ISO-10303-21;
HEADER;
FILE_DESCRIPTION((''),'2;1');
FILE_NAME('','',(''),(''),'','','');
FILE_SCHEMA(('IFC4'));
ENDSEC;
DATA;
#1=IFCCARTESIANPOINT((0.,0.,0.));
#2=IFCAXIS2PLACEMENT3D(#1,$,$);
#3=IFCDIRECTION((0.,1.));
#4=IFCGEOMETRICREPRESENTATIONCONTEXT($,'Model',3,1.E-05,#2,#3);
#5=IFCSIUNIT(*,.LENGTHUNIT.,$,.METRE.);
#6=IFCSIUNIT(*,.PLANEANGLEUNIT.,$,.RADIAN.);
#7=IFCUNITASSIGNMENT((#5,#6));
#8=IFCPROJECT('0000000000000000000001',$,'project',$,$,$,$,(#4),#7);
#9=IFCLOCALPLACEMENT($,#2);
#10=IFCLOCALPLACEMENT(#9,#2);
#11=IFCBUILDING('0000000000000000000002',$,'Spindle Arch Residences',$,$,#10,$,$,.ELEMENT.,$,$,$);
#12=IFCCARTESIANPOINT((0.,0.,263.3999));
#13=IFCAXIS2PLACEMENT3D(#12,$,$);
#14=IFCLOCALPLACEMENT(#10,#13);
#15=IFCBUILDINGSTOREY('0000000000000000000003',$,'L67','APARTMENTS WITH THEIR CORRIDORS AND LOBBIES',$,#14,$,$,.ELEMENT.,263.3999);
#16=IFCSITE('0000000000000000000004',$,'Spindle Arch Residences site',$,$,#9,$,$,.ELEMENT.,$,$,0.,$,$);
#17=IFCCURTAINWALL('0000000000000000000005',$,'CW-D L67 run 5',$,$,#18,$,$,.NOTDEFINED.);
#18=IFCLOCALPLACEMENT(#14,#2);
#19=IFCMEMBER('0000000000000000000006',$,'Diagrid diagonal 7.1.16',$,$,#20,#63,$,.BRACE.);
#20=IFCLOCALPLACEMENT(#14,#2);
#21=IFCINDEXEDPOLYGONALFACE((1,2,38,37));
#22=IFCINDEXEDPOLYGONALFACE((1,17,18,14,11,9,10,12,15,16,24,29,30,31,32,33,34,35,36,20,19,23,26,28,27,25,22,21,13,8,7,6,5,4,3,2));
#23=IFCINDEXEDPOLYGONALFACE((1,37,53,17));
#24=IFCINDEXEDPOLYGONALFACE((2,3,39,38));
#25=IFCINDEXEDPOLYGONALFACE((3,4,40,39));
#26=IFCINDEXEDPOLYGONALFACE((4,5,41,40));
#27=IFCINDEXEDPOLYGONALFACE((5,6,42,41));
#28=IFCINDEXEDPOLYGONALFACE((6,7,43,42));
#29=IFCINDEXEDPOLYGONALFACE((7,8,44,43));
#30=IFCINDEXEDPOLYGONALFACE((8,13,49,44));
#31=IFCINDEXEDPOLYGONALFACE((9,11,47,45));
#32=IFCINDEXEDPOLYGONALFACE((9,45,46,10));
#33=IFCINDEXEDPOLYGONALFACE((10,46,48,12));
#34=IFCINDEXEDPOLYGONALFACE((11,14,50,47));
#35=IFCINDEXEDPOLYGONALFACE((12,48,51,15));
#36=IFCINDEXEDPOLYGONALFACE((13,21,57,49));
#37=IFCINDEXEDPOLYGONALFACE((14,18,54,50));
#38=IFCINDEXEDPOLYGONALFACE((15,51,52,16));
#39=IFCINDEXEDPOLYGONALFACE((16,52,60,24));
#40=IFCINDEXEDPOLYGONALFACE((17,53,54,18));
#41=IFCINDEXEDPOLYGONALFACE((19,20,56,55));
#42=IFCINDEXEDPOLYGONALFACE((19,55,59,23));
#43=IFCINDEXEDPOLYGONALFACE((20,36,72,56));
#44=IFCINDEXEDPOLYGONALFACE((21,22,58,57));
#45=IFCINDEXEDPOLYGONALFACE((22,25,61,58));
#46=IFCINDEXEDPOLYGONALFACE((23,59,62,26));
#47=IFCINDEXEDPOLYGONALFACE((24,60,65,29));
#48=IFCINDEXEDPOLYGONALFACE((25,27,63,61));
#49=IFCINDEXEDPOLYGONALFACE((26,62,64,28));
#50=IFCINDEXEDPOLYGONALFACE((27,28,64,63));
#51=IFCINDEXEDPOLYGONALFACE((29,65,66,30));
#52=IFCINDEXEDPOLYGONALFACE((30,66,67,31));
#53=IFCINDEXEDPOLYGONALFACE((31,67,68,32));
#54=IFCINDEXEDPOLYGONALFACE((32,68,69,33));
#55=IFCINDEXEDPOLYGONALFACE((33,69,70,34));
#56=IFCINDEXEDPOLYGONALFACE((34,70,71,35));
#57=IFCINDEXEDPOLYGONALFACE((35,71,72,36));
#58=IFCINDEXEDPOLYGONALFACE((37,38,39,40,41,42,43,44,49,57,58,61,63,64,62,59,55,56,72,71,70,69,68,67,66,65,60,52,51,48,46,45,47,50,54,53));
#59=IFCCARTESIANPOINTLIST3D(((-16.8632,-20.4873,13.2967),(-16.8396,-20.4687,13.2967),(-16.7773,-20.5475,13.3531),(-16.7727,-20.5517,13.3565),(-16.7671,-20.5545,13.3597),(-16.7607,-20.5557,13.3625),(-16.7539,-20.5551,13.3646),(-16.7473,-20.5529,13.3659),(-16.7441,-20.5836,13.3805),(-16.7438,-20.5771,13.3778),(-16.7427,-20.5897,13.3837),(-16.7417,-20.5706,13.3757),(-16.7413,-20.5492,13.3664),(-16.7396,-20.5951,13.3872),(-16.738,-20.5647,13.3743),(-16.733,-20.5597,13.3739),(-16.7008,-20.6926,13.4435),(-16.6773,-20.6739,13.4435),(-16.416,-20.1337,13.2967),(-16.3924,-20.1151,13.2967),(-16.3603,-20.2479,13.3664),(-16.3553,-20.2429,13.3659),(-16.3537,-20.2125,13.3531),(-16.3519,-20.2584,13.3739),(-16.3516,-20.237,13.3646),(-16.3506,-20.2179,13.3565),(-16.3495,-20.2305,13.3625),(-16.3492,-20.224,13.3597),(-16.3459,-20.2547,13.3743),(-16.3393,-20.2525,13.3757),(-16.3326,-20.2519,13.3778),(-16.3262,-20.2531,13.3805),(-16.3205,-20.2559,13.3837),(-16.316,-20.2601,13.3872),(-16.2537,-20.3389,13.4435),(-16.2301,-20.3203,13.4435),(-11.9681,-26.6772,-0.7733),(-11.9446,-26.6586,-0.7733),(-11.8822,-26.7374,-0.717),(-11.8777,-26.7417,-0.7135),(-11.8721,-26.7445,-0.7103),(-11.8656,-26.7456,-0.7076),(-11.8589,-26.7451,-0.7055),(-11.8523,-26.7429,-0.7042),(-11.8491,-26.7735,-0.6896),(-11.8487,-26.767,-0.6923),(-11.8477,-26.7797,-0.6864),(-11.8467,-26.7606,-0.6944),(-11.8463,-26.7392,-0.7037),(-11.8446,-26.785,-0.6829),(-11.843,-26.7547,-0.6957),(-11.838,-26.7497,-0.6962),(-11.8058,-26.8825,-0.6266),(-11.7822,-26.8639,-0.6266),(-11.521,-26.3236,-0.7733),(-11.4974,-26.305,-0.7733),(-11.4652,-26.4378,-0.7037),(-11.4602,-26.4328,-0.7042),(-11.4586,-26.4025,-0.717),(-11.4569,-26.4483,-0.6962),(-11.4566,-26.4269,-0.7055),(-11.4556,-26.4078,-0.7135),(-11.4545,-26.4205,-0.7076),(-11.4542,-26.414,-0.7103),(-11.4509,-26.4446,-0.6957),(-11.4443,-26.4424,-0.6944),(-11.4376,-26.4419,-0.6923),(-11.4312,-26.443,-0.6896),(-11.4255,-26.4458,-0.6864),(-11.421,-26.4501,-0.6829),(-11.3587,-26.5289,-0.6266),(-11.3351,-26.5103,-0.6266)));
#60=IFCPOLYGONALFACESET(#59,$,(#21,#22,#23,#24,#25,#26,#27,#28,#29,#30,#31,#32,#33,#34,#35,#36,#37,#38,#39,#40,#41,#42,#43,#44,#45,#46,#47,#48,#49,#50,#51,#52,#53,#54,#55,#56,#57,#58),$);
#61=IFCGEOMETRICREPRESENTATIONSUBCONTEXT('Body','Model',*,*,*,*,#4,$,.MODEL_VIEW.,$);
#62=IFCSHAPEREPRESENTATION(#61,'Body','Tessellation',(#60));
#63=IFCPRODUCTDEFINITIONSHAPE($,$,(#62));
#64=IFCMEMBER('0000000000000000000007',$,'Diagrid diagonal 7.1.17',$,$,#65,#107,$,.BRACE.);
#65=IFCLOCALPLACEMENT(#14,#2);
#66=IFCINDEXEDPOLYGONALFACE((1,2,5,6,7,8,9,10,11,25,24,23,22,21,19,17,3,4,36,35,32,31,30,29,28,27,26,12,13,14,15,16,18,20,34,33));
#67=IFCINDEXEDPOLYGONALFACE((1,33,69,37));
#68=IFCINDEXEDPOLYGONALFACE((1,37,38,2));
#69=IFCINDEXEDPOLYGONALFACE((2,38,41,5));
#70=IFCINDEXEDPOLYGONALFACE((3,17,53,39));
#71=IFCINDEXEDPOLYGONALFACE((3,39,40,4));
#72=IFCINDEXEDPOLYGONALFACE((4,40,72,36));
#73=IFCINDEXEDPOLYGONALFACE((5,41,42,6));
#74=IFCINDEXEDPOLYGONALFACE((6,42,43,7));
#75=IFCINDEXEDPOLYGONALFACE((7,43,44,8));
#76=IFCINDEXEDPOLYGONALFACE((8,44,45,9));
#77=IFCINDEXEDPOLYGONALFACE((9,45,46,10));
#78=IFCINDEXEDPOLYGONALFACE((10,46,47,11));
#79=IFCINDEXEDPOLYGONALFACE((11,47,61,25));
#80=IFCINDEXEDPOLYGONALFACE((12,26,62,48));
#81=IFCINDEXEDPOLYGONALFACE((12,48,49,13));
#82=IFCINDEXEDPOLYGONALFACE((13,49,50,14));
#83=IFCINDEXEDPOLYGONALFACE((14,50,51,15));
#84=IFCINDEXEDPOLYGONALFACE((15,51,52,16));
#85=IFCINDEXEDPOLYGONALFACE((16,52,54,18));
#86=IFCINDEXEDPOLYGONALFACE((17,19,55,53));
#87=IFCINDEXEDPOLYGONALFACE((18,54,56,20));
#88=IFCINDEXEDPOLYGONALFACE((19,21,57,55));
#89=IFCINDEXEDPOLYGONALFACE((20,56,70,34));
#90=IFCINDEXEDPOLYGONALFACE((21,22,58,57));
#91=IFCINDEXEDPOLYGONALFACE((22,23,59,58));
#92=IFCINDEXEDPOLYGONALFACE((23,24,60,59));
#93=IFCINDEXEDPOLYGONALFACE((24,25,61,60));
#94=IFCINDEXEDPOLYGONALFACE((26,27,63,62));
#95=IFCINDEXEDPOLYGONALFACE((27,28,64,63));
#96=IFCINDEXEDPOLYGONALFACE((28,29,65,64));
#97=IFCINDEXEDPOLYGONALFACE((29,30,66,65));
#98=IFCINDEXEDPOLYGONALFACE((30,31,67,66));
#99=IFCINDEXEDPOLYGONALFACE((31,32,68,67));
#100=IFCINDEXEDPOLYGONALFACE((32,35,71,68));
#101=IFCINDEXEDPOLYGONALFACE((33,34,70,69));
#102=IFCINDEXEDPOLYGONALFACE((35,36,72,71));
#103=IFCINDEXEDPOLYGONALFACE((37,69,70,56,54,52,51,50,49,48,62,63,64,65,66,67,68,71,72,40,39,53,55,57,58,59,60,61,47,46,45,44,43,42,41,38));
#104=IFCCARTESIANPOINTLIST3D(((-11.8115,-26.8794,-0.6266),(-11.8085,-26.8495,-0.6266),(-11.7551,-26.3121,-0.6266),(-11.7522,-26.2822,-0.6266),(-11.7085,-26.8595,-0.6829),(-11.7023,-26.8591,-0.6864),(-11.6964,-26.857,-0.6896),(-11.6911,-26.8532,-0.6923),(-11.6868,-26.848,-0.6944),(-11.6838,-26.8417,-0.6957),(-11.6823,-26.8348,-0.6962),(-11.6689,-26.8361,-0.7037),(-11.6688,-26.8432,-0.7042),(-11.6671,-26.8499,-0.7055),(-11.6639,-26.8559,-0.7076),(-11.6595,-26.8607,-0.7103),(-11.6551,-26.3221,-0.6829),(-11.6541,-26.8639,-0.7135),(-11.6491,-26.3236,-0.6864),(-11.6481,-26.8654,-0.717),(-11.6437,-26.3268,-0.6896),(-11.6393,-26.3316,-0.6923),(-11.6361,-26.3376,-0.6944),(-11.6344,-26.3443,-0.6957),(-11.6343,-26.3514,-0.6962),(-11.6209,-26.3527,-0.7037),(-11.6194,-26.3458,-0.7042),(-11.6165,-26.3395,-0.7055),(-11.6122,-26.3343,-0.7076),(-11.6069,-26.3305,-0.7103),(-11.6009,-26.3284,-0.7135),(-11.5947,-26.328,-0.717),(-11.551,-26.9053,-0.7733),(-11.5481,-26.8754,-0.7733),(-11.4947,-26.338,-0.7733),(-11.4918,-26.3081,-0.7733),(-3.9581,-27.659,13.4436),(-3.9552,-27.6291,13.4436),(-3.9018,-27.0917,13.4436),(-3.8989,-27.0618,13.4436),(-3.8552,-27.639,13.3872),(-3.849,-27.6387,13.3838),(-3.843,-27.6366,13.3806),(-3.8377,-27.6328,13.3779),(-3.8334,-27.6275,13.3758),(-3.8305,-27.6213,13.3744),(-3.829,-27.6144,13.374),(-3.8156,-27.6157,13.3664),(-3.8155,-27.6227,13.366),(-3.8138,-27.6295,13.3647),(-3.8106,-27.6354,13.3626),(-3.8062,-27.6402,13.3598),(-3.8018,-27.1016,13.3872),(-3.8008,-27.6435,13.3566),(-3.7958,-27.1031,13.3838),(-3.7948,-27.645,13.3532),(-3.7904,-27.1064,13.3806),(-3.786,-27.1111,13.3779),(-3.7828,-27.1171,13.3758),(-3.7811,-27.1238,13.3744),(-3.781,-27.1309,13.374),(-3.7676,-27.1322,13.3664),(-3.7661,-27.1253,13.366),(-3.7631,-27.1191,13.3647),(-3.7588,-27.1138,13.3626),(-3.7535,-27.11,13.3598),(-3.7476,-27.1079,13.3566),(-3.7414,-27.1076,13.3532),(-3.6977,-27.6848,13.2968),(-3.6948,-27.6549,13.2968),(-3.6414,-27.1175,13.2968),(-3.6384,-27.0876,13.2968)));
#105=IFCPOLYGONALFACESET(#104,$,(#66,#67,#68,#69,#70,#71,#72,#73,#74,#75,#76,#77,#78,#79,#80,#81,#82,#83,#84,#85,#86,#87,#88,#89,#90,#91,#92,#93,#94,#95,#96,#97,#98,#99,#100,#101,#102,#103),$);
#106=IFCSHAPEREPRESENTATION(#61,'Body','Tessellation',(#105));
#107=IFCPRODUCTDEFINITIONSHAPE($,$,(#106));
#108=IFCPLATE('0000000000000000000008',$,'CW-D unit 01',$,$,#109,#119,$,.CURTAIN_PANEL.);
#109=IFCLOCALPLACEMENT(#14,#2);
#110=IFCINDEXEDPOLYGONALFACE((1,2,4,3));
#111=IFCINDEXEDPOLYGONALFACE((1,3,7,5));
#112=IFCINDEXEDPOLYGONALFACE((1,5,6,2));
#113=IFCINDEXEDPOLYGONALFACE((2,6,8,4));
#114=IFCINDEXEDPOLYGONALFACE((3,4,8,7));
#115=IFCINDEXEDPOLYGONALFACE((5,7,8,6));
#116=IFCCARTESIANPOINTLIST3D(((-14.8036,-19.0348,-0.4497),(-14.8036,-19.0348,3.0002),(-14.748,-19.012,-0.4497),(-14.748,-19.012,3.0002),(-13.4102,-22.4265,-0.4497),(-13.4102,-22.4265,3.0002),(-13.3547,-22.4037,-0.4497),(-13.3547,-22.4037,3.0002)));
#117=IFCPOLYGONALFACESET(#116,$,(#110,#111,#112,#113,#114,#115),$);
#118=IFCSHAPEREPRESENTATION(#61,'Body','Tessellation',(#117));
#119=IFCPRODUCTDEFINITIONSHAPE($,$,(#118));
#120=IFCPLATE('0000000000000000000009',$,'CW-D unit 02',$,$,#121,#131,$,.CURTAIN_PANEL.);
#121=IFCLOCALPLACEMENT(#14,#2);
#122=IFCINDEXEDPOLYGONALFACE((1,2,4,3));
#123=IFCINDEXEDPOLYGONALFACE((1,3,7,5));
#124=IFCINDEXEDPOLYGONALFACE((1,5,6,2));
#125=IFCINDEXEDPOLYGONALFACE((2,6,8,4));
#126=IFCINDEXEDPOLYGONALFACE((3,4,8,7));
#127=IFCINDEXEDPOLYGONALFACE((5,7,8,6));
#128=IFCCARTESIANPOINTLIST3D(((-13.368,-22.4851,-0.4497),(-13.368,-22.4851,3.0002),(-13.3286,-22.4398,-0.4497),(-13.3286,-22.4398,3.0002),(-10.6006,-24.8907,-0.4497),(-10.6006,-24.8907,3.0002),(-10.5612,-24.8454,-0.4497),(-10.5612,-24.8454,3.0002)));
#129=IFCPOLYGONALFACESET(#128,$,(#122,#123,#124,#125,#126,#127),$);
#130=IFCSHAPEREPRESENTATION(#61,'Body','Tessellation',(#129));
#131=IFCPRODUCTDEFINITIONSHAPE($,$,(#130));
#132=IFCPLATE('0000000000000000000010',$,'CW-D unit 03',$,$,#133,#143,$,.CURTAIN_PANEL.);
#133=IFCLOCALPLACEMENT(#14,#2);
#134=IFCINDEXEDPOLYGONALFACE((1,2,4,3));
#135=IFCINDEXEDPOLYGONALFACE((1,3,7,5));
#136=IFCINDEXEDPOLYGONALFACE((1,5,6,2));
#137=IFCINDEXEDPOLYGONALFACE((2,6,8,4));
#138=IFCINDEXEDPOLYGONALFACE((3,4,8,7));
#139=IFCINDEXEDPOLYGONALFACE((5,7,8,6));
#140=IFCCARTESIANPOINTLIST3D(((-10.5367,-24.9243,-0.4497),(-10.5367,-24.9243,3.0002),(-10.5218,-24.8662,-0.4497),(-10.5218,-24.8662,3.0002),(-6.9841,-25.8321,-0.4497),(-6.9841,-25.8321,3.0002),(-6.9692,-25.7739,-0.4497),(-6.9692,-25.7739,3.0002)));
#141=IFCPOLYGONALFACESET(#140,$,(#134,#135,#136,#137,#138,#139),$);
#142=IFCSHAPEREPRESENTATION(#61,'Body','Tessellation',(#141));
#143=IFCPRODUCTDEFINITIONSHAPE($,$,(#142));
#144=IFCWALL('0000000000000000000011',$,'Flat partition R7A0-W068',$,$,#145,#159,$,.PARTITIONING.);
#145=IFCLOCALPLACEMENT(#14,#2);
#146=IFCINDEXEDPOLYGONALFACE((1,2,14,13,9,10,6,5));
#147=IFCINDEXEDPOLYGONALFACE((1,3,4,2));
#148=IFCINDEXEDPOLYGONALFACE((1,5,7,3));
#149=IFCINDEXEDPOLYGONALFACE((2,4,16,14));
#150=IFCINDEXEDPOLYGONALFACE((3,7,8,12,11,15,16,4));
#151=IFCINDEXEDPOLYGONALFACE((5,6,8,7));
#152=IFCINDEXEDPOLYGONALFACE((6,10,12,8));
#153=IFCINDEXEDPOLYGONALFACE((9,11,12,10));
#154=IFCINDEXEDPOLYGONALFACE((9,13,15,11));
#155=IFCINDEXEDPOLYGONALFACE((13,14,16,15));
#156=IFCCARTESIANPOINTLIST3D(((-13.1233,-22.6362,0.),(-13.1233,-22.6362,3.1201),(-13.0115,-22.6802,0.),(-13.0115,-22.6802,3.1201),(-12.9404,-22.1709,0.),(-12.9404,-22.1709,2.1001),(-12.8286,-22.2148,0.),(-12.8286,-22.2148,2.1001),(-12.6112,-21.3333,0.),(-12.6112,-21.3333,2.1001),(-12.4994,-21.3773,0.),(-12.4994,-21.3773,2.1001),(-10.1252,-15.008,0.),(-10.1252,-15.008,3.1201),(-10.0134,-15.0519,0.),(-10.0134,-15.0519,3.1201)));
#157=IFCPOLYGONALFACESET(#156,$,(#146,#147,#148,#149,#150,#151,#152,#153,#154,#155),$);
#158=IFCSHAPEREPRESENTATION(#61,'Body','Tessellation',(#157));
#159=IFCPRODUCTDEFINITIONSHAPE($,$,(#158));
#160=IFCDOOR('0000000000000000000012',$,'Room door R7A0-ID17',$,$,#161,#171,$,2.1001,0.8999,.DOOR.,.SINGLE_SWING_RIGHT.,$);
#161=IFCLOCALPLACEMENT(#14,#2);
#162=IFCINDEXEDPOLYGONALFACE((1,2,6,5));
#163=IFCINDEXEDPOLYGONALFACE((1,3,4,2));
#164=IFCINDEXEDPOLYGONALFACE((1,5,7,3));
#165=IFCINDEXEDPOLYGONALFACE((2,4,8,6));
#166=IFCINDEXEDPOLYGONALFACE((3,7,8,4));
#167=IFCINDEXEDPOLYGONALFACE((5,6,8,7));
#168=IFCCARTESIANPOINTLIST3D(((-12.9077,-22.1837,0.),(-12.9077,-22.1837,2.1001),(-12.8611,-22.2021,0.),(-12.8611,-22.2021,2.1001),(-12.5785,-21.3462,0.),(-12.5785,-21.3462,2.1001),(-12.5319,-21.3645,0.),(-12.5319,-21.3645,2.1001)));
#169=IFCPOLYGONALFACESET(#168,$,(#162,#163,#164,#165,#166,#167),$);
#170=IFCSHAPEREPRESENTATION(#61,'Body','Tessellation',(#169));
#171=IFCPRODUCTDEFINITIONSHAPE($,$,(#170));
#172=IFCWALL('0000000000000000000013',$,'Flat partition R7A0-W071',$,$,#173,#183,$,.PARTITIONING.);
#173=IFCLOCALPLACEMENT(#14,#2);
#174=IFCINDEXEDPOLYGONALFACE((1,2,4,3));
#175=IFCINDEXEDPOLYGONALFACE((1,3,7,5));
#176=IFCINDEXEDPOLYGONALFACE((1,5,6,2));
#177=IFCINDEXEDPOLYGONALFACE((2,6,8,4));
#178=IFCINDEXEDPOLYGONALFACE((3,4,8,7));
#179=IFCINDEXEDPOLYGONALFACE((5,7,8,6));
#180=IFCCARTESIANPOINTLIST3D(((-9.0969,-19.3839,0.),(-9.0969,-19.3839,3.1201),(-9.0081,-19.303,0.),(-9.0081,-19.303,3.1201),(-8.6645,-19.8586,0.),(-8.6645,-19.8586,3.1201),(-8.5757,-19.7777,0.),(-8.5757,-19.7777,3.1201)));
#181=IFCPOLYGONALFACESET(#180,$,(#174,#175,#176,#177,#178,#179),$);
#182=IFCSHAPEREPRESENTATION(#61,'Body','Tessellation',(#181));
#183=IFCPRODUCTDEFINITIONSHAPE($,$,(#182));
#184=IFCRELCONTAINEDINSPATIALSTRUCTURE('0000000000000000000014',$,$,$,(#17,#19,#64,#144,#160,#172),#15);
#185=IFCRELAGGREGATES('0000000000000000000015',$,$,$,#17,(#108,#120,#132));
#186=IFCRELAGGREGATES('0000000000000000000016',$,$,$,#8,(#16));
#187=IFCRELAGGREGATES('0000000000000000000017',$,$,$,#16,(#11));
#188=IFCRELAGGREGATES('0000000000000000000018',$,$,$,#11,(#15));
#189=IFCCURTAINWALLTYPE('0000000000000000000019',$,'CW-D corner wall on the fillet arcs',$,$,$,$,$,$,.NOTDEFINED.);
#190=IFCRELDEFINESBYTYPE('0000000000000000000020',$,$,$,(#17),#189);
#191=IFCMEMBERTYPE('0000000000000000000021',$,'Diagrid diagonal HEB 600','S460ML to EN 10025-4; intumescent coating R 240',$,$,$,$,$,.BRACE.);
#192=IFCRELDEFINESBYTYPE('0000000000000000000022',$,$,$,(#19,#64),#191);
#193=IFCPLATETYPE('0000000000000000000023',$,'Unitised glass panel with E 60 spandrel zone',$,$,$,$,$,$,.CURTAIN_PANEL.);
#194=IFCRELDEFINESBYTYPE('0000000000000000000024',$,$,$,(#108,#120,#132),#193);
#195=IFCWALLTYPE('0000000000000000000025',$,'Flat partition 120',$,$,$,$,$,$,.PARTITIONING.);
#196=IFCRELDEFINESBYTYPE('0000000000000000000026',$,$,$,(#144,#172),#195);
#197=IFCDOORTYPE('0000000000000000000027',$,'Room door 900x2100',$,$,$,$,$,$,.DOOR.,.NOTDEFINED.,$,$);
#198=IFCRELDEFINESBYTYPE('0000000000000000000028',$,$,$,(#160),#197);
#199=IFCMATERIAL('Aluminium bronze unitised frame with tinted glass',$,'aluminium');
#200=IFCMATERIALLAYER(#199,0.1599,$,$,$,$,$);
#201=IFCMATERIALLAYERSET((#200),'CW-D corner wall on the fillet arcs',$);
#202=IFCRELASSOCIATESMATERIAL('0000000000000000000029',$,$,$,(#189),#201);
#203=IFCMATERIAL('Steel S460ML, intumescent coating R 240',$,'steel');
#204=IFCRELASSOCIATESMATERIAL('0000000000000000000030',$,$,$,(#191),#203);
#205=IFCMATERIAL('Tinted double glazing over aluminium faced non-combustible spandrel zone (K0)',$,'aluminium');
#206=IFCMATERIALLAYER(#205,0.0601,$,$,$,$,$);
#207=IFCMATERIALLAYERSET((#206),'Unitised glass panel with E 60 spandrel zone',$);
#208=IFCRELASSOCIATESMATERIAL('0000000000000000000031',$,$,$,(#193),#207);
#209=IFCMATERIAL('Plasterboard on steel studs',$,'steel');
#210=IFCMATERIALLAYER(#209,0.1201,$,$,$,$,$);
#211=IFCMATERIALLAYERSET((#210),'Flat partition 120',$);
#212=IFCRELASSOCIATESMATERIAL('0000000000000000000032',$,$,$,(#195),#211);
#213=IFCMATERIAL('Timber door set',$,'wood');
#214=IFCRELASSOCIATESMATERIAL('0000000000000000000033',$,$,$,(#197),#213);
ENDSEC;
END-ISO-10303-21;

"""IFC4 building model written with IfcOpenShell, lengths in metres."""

from ifc_helpers import new_model, si_unit, direction, frame, frame_2d, origin, origin_2d, place, context, subcontext, project, spatial, rectangle, i_section, extrude, material, layer, layer_set, material_profile, profile_set, type_object, element, fill, aggregate, save


model = new_model("IFC4")

# Units and contexts
model_context = context("Model", 3, precision=1e-05, world=origin(), true_north=direction((0.0, 1.0)))
body_context = subcontext(model_context, "Body", "Model", "MODEL_VIEW")
ifc_project = project(units=[si_unit("LENGTHUNIT", "METRE"), si_unit("PLANEANGLEUNIT", "RADIAN")], contexts=[model_context])

# Site, building, storey
site_placement = place(None, origin())
site = spatial("IfcSite", under=ifc_project, at=site_placement, Name="Spindle Arch Residences site", CompositionType="ELEMENT", RefElevation=0.0)
building_placement = place(site_placement, origin())
building = spatial("IfcBuilding", under=site, at=building_placement, Name="Spindle Arch Residences", CompositionType="ELEMENT")
storey_placement = place(building_placement, frame((0.0, 0.0, 263.3999)))
storey = spatial("IfcBuildingStorey", under=building, at=storey_placement, Name="L67", Description="APARTMENTS WITH THEIR CORRIDORS AND LOBBIES", CompositionType="ELEMENT", Elevation=263.3999)

# Curtain wall
ifc_material_1 = material(Name="Aluminium bronze unitised frame with tinted glass", Category="aluminium")
ifc_layer_1 = layer(ifc_material_1, 0.1599)
ifc_layer_set_1 = layer_set([ifc_layer_1], Name="CW-D corner wall on the fillet arcs")
curtain_wall_type = type_object("IfcCurtainWallType", Name="CW-D corner wall on the fillet arcs", PredefinedType="NOTDEFINED", material=ifc_layer_set_1)
curtain_wall_placement = place(storey_placement, origin())
curtain_wall = element("IfcCurtainWall", 1, at=curtain_wall_placement, inside=storey, type_object=curtain_wall_type, Name="CW-D L67 run 5", PredefinedType="NOTDEFINED")

# Members
ifc_material_2 = material(Name="Steel S460ML, intumescent coating R 240", Category="steel")
ifc_material_profile_1 = material_profile(ifc_material_2, i_section(OverallWidth=0.3, OverallDepth=0.6001, WebThickness=0.0154, FlangeThickness=0.03, FilletRadius=0.0271, at=origin_2d()), Name="HEB 600")
ifc_profile_set_1 = profile_set([ifc_material_profile_1], Name="Steel S460ML, intumescent coating R 240")
member_type_1 = type_object("IfcMemberType", Name="Diagrid diagonal HEB 600", Description="S460ML to EN 10025-4; intumescent coating R 240", PredefinedType="BRACE", material=ifc_profile_set_1)
member_1_placement = place(storey_placement, frame((-11.6516, -26.5938, -0.7), z_axis=(-0.303434, 0.383704, 0.87218), x_axis=(0.541001, -0.684117, 0.489184)))
element("IfcMember", 2, at=member_1_placement, inside=storey, type_object=member_type_1, Name="Diagrid diagonal 7.1.16", PredefinedType="BRACE", context=body_context, shape_type="SweptSolid", body=[
    extrude(i_section(OverallWidth=0.3, OverallDepth=0.6001, WebThickness=0.0154, FlangeThickness=0.03, FilletRadius=0.0271, at=origin_2d()), origin(), (0.0, 0.0, 1.0), 16.1321),
])
member_2_placement = place(storey_placement, frame((-11.6516, -26.5938, -0.7), z_axis=(0.486807, -0.048322, 0.872172), x_axis=(-0.867907, 0.086151, 0.489199)))
element("IfcMember", 3, at=member_2_placement, inside=storey, type_object=member_type_1, Name="Diagrid diagonal 7.1.17", PredefinedType="BRACE", context=body_context, shape_type="SweptSolid", body=[
    extrude(i_section(OverallWidth=0.3, OverallDepth=0.6001, WebThickness=0.0154, FlangeThickness=0.03, FilletRadius=0.0271, at=origin_2d()), origin(), (0.0, 0.0, 1.0), 16.1323),
])

# Plates
ifc_material_3 = material(Name="Tinted double glazing over aluminium faced non-combustible spandrel zone (K0)", Category="aluminium")
ifc_layer_2 = layer(ifc_material_3, 0.0601)
ifc_layer_set_2 = layer_set([ifc_layer_2], Name="Unitised glass panel with E 60 spandrel zone")
plate_type = type_object("IfcPlateType", Name="Unitised glass panel with E 60 spandrel zone", PredefinedType="CURTAIN_PANEL", material=ifc_layer_set_2)
plate_1_placement = place(storey_placement, frame((-14.0791, -20.7192, -0.4497), z_axis=(0.0, 0.0, 1.0), x_axis=(0.379994, -0.924989, 0.0)))
plate_1 = element("IfcPlate", 4, at=plate_1_placement, type_object=plate_type, Name="CW-D unit 01", PredefinedType="CURTAIN_PANEL", context=body_context, shape_type="SweptSolid", body=[
    extrude(rectangle(XDim=3.6667, YDim=0.0601, at=origin_2d()), origin(), (0.0, 0.0, 1.0), 3.45),
])
plate_2_placement = place(storey_placement, frame((-11.9646, -23.6653, -0.4497), z_axis=(0.0, 0.0, 1.0), x_axis=(0.75471, -0.656059, 0.0)))
plate_2 = element("IfcPlate", 5, at=plate_2_placement, type_object=plate_type, Name="CW-D unit 02", PredefinedType="CURTAIN_PANEL", context=body_context, shape_type="SweptSolid", body=[
    extrude(rectangle(XDim=3.6667, YDim=0.0601, at=origin_2d()), origin(), (0.0, 0.0, 1.0), 3.45),
])
plate_3_placement = place(storey_placement, frame((-8.7529, -25.3491, -0.4497), z_axis=(0.0, 0.0, 1.0), x_axis=(0.968872, -0.247563, 0.0)))
plate_3 = element("IfcPlate", 6, at=plate_3_placement, type_object=plate_type, Name="CW-D unit 03", PredefinedType="CURTAIN_PANEL", context=body_context, shape_type="SweptSolid", body=[
    extrude(rectangle(XDim=3.6667, YDim=0.0601, at=origin_2d()), origin(), (0.0, 0.0, 1.0), 3.45),
])
aggregate(curtain_wall, [plate_1, plate_2, plate_3])

# Wall, opening, door
ifc_material_4 = material(Name="Plasterboard on steel studs", Category="steel")
ifc_layer_3 = layer(ifc_material_4, 0.1201)
ifc_layer_set_3 = layer_set([ifc_layer_3], Name="Flat partition 120")
wall_type_1 = type_object("IfcWallType", Name="Flat partition 120", PredefinedType="PARTITIONING", material=ifc_layer_set_3)
wall_1_placement = place(storey_placement, frame((-13.0674, -22.6582, 0.0), z_axis=(0.0, 0.0, 1.0), x_axis=(0.365786, 0.930699, 0.0)))
wall_1 = element("IfcWall", 7, at=wall_1_placement, inside=storey, type_object=wall_type_1, Name="Flat partition R7A0-W068", PredefinedType="PARTITIONING", context=body_context, shape_type="SweptSolid", body=[
    extrude(rectangle(XDim=8.1963, YDim=0.1201, at=frame_2d((4.0981, 0.0))), origin(), (0.0, 0.0, 1.0), 3.1201),
])
opening_placement = place(wall_1_placement, frame((0.5, 0.0, 0.0)))
opening = element("IfcOpeningElement", 8, at=opening_placement, cuts=wall_1, PredefinedType="OPENING", context=body_context, shape_type="SweptSolid", body=[
    extrude(rectangle(XDim=0.8999, YDim=2.1001, at=frame_2d((0.45, 1.05))), frame((0.0, 0.0701, 0.0), z_axis=(0.0, -1.0, 0.0), x_axis=(1.0, 0.0, 0.0)), (0.0, 0.0, 1.0), 0.1401),
])
ifc_material_5 = material(Name="Timber door set", Category="wood")
door_type = type_object("IfcDoorType", Name="Room door 900x2100", OperationType="NOTDEFINED", PredefinedType="DOOR", material=ifc_material_5)
door_placement = place(opening_placement, origin())
door = element("IfcDoor", 9, at=door_placement, inside=storey, type_object=door_type, Name="Room door R7A0-ID17", OperationType="SINGLE_SWING_RIGHT", OverallHeight=2.1001, OverallWidth=0.8999, PredefinedType="DOOR", context=body_context, shape_type="SweptSolid", body=[
    extrude(rectangle(XDim=0.8999, YDim=2.1001, at=frame_2d((0.45, 1.05))), frame((0.0, 0.0249, 0.0), z_axis=(0.0, -1.0, 0.0), x_axis=(1.0, 0.0, 0.0)), (0.0, 0.0, 1.0), 0.05),
])
fill(opening, door)

# Wall
for number, where, z_axis, x_axis, name in (
    (10, (-8.6201, -19.8181, 0.0), (0.0, 0.0, 1.0), (-0.673448, 0.739234, 0.0), "Flat partition R7A0-W071"),
):
    element("IfcWall", number, at=place(storey_placement, frame(where, z_axis=z_axis, x_axis=x_axis)), inside=storey, type_object=wall_type_1, Name=name, PredefinedType="PARTITIONING", context=body_context, shape_type="SweptSolid", body=[
        extrude(rectangle(XDim=0.6421, YDim=0.1201, at=frame_2d((0.321, 0.0))), origin(), (0.0, 0.0, 1.0), 3.1201),
    ])

save(model, "model.ifc")
